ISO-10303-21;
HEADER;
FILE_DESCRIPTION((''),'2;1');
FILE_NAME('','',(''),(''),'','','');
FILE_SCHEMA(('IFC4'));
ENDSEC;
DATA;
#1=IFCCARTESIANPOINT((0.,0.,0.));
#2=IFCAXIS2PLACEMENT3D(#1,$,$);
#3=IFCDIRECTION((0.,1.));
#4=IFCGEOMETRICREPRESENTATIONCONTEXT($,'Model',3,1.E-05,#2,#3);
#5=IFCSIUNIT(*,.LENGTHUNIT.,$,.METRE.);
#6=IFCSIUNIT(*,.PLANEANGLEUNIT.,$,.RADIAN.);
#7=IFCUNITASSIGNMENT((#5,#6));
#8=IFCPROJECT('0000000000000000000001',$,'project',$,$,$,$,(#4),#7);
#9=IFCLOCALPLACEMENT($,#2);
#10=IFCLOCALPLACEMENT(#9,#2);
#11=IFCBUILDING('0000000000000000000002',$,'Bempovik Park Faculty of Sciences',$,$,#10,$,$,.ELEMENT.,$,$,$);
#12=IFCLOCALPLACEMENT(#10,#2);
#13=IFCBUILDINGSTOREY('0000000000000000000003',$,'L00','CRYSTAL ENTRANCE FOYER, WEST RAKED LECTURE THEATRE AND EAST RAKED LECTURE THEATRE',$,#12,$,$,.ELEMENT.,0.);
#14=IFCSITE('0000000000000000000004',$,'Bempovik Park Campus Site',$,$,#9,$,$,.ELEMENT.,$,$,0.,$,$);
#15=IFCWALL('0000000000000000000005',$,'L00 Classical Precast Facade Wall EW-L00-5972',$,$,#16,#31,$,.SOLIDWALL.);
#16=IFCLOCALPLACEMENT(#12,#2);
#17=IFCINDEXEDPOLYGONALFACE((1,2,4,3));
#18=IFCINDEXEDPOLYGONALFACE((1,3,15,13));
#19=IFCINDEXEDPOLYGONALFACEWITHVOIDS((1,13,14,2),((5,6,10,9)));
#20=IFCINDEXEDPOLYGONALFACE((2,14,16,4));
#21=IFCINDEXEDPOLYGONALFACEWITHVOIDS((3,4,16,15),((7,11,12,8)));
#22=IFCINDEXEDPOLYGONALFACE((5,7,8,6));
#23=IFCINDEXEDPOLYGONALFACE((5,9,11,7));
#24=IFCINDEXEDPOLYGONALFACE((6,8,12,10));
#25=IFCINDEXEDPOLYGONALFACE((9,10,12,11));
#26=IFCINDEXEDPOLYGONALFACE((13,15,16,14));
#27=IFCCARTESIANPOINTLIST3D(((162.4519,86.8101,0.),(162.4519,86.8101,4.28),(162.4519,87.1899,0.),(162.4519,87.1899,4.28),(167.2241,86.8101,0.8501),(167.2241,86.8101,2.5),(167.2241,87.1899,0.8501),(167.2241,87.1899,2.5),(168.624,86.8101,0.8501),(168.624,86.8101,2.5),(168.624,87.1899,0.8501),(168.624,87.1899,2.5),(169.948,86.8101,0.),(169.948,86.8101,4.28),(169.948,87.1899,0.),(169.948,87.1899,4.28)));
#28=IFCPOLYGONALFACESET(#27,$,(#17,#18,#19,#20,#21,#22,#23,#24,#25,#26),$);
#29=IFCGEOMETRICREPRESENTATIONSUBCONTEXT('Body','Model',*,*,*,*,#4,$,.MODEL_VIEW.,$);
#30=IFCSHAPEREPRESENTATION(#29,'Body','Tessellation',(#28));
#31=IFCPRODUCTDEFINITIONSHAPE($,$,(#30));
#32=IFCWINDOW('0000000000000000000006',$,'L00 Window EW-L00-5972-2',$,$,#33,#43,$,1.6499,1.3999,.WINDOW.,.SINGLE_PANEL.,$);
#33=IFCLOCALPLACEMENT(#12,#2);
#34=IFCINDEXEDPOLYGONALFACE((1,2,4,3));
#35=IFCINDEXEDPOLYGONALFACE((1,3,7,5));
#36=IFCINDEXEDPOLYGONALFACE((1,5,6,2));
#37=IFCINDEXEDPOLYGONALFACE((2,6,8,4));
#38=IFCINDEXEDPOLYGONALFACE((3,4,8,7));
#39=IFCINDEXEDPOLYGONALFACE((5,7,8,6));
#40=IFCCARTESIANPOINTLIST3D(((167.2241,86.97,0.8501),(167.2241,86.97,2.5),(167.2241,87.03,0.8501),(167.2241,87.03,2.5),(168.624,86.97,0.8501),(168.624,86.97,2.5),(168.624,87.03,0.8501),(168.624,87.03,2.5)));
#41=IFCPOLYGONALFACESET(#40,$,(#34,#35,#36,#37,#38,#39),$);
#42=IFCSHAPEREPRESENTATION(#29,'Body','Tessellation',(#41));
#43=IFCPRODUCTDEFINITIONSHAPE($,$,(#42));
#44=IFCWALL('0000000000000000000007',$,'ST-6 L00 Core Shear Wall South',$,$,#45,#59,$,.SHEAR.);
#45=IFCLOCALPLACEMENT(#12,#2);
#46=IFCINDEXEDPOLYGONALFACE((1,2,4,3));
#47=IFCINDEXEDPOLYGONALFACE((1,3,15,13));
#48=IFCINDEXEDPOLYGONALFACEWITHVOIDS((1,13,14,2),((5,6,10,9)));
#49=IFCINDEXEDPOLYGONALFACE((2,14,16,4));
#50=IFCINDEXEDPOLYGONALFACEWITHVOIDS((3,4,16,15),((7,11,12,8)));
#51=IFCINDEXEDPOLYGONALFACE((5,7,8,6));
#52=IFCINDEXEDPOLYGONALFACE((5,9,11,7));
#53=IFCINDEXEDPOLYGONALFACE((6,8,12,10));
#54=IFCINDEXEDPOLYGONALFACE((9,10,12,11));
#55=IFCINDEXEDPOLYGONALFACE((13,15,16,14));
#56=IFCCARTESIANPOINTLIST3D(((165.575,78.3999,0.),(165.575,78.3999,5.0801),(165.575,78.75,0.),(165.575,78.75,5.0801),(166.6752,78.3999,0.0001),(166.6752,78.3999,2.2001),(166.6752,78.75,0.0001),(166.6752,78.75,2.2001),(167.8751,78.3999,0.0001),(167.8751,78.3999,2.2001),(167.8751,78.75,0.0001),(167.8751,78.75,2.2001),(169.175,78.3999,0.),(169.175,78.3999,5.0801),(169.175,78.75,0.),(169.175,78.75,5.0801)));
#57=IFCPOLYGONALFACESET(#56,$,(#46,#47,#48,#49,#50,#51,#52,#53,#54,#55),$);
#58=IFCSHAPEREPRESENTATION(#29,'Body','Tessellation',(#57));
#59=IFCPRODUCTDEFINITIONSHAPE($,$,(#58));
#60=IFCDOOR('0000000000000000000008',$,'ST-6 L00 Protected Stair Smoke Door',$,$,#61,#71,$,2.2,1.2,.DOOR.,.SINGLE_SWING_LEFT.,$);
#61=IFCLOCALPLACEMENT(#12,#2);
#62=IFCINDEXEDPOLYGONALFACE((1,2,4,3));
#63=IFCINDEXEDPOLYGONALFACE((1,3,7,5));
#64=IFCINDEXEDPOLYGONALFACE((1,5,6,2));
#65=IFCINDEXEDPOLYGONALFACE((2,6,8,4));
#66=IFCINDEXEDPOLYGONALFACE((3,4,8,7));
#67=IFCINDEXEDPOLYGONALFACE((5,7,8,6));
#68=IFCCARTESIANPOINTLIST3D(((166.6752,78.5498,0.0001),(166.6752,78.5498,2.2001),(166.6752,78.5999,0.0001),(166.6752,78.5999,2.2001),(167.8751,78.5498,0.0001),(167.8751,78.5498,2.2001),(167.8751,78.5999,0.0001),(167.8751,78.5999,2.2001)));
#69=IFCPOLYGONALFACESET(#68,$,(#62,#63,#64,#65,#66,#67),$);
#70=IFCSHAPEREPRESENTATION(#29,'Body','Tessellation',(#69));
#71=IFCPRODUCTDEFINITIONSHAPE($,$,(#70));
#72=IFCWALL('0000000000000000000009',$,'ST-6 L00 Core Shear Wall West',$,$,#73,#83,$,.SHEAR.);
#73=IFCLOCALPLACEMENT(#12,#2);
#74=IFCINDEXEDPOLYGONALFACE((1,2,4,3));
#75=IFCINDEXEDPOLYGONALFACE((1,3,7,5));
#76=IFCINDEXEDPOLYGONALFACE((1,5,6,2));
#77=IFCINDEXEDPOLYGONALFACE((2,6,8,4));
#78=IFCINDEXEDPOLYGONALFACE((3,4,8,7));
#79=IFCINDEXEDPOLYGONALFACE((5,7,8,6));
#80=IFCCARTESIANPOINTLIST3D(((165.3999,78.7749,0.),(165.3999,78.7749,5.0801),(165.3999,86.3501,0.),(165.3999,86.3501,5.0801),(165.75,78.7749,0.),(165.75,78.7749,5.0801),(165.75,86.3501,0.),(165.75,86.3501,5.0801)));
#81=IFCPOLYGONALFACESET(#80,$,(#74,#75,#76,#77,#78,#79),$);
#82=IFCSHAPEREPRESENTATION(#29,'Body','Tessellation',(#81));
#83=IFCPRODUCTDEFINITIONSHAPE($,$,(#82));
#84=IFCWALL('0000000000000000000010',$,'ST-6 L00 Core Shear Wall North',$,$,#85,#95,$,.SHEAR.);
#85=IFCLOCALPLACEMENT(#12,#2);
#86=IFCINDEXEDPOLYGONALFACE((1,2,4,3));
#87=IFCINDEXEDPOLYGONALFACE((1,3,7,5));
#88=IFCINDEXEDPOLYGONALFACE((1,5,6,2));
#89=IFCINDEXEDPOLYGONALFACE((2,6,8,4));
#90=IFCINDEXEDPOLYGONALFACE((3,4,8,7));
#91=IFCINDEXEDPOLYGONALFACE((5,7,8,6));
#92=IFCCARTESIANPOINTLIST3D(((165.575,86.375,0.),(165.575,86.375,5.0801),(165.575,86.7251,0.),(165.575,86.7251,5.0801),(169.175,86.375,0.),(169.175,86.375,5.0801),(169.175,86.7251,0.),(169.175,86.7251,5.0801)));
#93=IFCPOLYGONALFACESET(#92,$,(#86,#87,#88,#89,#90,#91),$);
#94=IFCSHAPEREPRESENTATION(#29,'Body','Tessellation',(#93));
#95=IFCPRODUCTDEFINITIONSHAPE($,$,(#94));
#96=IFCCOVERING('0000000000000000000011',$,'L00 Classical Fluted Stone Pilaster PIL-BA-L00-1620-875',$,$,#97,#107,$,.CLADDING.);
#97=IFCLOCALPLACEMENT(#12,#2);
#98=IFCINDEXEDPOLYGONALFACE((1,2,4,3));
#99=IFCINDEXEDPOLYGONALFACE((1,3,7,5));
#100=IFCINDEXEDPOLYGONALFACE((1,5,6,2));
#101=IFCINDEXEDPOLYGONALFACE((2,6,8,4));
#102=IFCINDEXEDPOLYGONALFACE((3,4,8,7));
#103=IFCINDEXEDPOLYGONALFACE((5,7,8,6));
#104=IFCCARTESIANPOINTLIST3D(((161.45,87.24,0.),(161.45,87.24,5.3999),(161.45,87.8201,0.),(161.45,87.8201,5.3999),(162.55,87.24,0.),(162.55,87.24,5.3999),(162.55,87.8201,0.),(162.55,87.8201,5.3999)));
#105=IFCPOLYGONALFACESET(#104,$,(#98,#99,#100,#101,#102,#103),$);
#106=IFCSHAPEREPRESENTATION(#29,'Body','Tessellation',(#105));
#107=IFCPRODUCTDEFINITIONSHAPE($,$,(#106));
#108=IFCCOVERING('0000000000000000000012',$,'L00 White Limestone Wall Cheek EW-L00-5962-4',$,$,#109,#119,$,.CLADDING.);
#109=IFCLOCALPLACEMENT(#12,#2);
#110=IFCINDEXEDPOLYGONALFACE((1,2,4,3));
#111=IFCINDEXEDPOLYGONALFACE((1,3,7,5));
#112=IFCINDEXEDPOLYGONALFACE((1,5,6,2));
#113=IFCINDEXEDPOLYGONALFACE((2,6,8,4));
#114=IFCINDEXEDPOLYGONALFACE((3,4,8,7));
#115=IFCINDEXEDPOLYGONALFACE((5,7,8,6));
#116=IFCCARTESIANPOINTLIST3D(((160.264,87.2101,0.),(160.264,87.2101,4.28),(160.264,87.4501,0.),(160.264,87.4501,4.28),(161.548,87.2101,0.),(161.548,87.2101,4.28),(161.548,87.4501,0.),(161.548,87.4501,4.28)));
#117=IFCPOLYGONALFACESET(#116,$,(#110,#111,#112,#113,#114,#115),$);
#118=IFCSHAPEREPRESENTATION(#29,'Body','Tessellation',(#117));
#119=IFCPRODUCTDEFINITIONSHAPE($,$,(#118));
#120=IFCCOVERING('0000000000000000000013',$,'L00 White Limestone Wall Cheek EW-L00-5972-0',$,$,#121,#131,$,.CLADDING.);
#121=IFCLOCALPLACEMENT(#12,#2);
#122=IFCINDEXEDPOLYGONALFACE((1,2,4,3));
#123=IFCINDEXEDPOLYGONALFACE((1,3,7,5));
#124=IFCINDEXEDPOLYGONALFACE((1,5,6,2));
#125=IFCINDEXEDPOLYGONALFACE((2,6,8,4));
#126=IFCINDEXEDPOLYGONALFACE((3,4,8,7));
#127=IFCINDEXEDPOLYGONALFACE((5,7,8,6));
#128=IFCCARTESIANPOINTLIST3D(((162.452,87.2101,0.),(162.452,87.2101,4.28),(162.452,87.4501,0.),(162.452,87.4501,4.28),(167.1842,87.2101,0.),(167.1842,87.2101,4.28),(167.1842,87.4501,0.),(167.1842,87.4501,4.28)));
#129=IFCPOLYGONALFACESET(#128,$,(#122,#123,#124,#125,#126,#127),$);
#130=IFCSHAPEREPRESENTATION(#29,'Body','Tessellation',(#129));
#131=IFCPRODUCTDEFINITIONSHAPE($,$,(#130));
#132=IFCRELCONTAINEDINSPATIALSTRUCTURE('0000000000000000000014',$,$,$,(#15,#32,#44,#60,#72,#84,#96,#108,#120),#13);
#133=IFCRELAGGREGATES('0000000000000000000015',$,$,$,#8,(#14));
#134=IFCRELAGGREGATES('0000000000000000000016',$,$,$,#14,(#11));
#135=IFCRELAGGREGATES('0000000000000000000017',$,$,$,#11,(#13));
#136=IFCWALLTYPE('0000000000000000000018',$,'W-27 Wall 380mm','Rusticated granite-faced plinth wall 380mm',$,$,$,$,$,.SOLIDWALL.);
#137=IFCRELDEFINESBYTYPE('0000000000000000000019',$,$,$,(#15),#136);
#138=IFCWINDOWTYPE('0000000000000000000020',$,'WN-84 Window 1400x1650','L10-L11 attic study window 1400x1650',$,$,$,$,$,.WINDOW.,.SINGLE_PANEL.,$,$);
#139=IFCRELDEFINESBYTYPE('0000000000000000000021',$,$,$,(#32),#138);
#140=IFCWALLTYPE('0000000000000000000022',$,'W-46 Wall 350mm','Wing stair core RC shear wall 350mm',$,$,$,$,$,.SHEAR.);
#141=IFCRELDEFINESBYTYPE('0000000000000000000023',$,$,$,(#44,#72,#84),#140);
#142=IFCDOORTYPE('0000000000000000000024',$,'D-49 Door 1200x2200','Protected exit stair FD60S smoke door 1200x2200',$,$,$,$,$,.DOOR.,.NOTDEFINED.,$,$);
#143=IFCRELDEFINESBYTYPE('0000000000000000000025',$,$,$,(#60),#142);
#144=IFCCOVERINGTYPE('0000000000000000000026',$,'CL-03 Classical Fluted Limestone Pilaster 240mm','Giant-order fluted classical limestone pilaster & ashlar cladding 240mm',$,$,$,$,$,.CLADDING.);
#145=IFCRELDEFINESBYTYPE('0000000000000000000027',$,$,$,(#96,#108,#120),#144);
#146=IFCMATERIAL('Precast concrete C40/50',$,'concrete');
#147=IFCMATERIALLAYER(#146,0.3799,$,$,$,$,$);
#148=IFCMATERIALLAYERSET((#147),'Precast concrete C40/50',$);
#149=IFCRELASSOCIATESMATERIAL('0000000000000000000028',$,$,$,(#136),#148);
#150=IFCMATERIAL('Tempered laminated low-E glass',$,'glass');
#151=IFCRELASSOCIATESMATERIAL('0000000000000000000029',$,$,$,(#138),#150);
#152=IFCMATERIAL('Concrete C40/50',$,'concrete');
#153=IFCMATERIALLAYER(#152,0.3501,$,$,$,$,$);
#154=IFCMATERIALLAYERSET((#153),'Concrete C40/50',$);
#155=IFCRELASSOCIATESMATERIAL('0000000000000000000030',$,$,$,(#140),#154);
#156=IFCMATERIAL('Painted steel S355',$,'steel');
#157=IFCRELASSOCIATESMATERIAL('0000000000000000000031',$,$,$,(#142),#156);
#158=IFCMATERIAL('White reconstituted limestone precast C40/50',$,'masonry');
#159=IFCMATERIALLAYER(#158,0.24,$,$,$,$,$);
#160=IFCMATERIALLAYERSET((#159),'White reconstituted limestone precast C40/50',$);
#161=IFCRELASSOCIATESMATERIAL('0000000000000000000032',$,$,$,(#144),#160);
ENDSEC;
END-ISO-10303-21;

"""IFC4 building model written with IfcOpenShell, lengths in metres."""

from ifc_helpers import new_model, si_unit, direction, frame, frame_2d, origin, origin_2d, place, context, subcontext, project, spatial, rectangle, extrude, material, layer, layer_set, type_object, element, fill, save


model = new_model("IFC4")

# Units and contexts
model_context = context("Model", 3, precision=1e-05, world=origin(), true_north=direction((0.0, 1.0)))
body_context = subcontext(model_context, "Body", "Model", "MODEL_VIEW")
ifc_project = project(units=[si_unit("LENGTHUNIT", "METRE"), si_unit("PLANEANGLEUNIT", "RADIAN")], contexts=[model_context])

# Site, building, storey
site_placement = place(None, origin())
site = spatial("IfcSite", under=ifc_project, at=site_placement, Name="Bempovik Park Campus Site", CompositionType="ELEMENT", RefElevation=0.0)
building_placement = place(site_placement, origin())
building = spatial("IfcBuilding", under=site, at=building_placement, Name="Bempovik Park Faculty of Sciences", CompositionType="ELEMENT")
storey_placement = place(building_placement, origin())
storey = spatial("IfcBuildingStorey", under=building, at=storey_placement, Name="L00", Description="CRYSTAL ENTRANCE FOYER, WEST RAKED LECTURE THEATRE AND EAST RAKED LECTURE THEATRE", CompositionType="ELEMENT", Elevation=0.0)

# Shared definitions
ifc_material_1 = material(Name="Concrete C40/50", Category="concrete")

# Wall, opening, window
ifc_material_2 = material(Name="Precast concrete C40/50", Category="concrete")
ifc_layer_1 = layer(ifc_material_2, 0.3799)
ifc_layer_set_1 = layer_set([ifc_layer_1], Name="Precast concrete C40/50")
wall_type_1 = type_object("IfcWallType", Name="W-27 Wall 380mm", Description="Rusticated granite-faced plinth wall 380mm", PredefinedType="SOLIDWALL", material=ifc_layer_set_1)
wall_1_placement = place(storey_placement, frame((162.4519, 87.0, 0.0), z_axis=(0.0, 0.0, 1.0), x_axis=(1.0, 0.0, 0.0)))
wall_1 = element("IfcWall", 1, at=wall_1_placement, inside=storey, type_object=wall_type_1, Name="L00 Classical Precast Facade Wall EW-L00-5972", PredefinedType="SOLIDWALL", context=body_context, shape_type="SweptSolid", body=[
    extrude(rectangle(XDim=7.4961, YDim=0.3799, at=frame_2d((3.748, 0.0))), origin(), (0.0, 0.0, 1.0), 4.28),
])
opening_1_placement = place(wall_1_placement, frame((4.7722, 0.0, 0.8501)))
opening_1 = element("IfcOpeningElement", 2, at=opening_1_placement, cuts=wall_1, PredefinedType="OPENING", context=body_context, shape_type="SweptSolid", body=[
    extrude(rectangle(XDim=1.3999, YDim=1.6499, at=frame_2d((0.7, 0.825))), frame((0.0, 0.2, 0.0), z_axis=(0.0, -1.0, 0.0), x_axis=(1.0, 0.0, 0.0)), (0.0, 0.0, 1.0), 0.3999),
])
ifc_material_3 = material(Name="Tempered laminated low-E glass", Category="glass")
window_type = type_object("IfcWindowType", Name="WN-84 Window 1400x1650", Description="L10-L11 attic study window 1400x1650", PartitioningType="SINGLE_PANEL", PredefinedType="WINDOW", material=ifc_material_3)
window_placement = place(opening_1_placement, origin())
window = element("IfcWindow", 3, at=window_placement, inside=storey, type_object=window_type, Name="L00 Window EW-L00-5972-2", OverallHeight=1.6499, OverallWidth=1.3999, PartitioningType="SINGLE_PANEL", PredefinedType="WINDOW", context=body_context, shape_type="SweptSolid", body=[
    extrude(rectangle(XDim=1.3999, YDim=1.6499, at=frame_2d((0.7, 0.825))), frame((0.0, 0.03, 0.0), z_axis=(0.0, -1.0, 0.0), x_axis=(1.0, 0.0, 0.0)), (0.0, 0.0, 1.0), 0.0601),
])
fill(opening_1, window)

# Wall, opening, door
ifc_layer_2 = layer(ifc_material_1, 0.3501)
ifc_layer_set_2 = layer_set([ifc_layer_2], Name="Concrete C40/50")
wall_type_2 = type_object("IfcWallType", Name="W-46 Wall 350mm", Description="Wing stair core RC shear wall 350mm", PredefinedType="SHEAR", material=ifc_layer_set_2)
wall_2_placement = place(storey_placement, frame((165.575, 78.575, 0.0), z_axis=(0.0, 0.0, 1.0), x_axis=(1.0, 0.0, 0.0)))
wall_2 = element("IfcWall", 4, at=wall_2_placement, inside=storey, type_object=wall_type_2, Name="ST-6 L00 Core Shear Wall South", PredefinedType="SHEAR", context=body_context, shape_type="SweptSolid", body=[
    extrude(rectangle(XDim=3.6001, YDim=0.3501, at=frame_2d((1.8, 0.0))), origin(), (0.0, 0.0, 1.0), 5.0801),
])
opening_2_placement = place(wall_2_placement, frame((1.1001, 0.0, 0.0)))
opening_2 = element("IfcOpeningElement", 5, at=opening_2_placement, cuts=wall_2, PredefinedType="OPENING", context=body_context, shape_type="SweptSolid", body=[
    extrude(rectangle(XDim=1.2, YDim=2.2, at=frame_2d((0.6001, 1.1001))), frame((0.0, 0.1851, 0.0), z_axis=(0.0, -1.0, 0.0), x_axis=(1.0, 0.0, 0.0)), (0.0, 0.0, 1.0), 0.3701),
])
ifc_material_4 = material(Name="Painted steel S355", Category="steel")
door_type = type_object("IfcDoorType", Name="D-49 Door 1200x2200", Description="Protected exit stair FD60S smoke door 1200x2200", OperationType="NOTDEFINED", PredefinedType="DOOR", material=ifc_material_4)
door_placement = place(opening_2_placement, origin())
door = element("IfcDoor", 6, at=door_placement, inside=storey, type_object=door_type, Name="ST-6 L00 Protected Stair Smoke Door", OperationType="SINGLE_SWING_LEFT", OverallHeight=2.2, OverallWidth=1.2, PredefinedType="DOOR", context=body_context, shape_type="SweptSolid", body=[
    extrude(rectangle(XDim=1.2, YDim=2.2, at=frame_2d((0.6001, 1.1001))), frame((0.0, 0.0249, 0.0), z_axis=(0.0, -1.0, 0.0), x_axis=(1.0, 0.0, 0.0)), (0.0, 0.0, 1.0), 0.05),
])
fill(opening_2, door)

# Walls
wall_3_placement = place(storey_placement, frame((165.575, 78.7749, 0.0), z_axis=(0.0, 0.0, 1.0), x_axis=(0.0, 1.0, 0.0)))
element("IfcWall", 7, at=wall_3_placement, inside=storey, type_object=wall_type_2, Name="ST-6 L00 Core Shear Wall West", PredefinedType="SHEAR", context=body_context, shape_type="SweptSolid", body=[
    extrude(rectangle(XDim=7.5752, YDim=0.3501, at=frame_2d((3.7876, 0.0))), origin(), (0.0, 0.0, 1.0), 5.0801),
])
wall_4_placement = place(storey_placement, frame((165.575, 86.55, 0.0), z_axis=(0.0, 0.0, 1.0), x_axis=(1.0, 0.0, 0.0)))
element("IfcWall", 8, at=wall_4_placement, inside=storey, type_object=wall_type_2, Name="ST-6 L00 Core Shear Wall North", PredefinedType="SHEAR", context=body_context, shape_type="SweptSolid", body=[
    extrude(rectangle(XDim=3.6001, YDim=0.3501, at=frame_2d((1.8, 0.0))), origin(), (0.0, 0.0, 1.0), 5.0801),
])

# Coverings
ifc_material_5 = material(Name="White reconstituted limestone precast C40/50", Category="masonry")
ifc_layer_3 = layer(ifc_material_5, 0.24)
ifc_layer_set_3 = layer_set([ifc_layer_3], Name="White reconstituted limestone precast C40/50")
covering_type = type_object("IfcCoveringType", Name="CL-03 Classical Fluted Limestone Pilaster 240mm", Description="Giant-order fluted classical limestone pilaster & ashlar cladding 240mm", PredefinedType="CLADDING", material=ifc_layer_set_3)
covering_1_placement = place(storey_placement, frame((162.0, 87.53, 0.0), z_axis=(0.0, 0.0, 1.0), x_axis=(1.0, 0.0, 0.0)))
element("IfcCovering", 9, at=covering_1_placement, inside=storey, type_object=covering_type, Name="L00 Classical Fluted Stone Pilaster PIL-BA-L00-1620-875", PredefinedType="CLADDING", context=body_context, shape_type="SweptSolid", body=[
    extrude(rectangle(XDim=1.1001, YDim=0.5801, at=origin_2d()), origin(), (0.0, 0.0, 1.0), 5.3999),
])
covering_2_placement = place(storey_placement, frame((160.906, 87.3301, 0.0), z_axis=(0.0, 0.0, 1.0), x_axis=(1.0, 0.0, 0.0)))
element("IfcCovering", 10, at=covering_2_placement, inside=storey, type_object=covering_type, Name="L00 White Limestone Wall Cheek EW-L00-5962-4", PredefinedType="CLADDING", context=body_context, shape_type="SweptSolid", body=[
    extrude(rectangle(XDim=1.2839, YDim=0.24, at=origin_2d()), origin(), (0.0, 0.0, 1.0), 4.28),
])
covering_3_placement = place(storey_placement, frame((164.8181, 87.3301, 0.0), z_axis=(0.0, 0.0, 1.0), x_axis=(1.0, 0.0, 0.0)))
element("IfcCovering", 11, at=covering_3_placement, inside=storey, type_object=covering_type, Name="L00 White Limestone Wall Cheek EW-L00-5972-0", PredefinedType="CLADDING", context=body_context, shape_type="SweptSolid", body=[
    extrude(rectangle(XDim=4.7322, YDim=0.24, at=origin_2d()), origin(), (0.0, 0.0, 1.0), 4.28),
])

save(model, "model.ifc")
